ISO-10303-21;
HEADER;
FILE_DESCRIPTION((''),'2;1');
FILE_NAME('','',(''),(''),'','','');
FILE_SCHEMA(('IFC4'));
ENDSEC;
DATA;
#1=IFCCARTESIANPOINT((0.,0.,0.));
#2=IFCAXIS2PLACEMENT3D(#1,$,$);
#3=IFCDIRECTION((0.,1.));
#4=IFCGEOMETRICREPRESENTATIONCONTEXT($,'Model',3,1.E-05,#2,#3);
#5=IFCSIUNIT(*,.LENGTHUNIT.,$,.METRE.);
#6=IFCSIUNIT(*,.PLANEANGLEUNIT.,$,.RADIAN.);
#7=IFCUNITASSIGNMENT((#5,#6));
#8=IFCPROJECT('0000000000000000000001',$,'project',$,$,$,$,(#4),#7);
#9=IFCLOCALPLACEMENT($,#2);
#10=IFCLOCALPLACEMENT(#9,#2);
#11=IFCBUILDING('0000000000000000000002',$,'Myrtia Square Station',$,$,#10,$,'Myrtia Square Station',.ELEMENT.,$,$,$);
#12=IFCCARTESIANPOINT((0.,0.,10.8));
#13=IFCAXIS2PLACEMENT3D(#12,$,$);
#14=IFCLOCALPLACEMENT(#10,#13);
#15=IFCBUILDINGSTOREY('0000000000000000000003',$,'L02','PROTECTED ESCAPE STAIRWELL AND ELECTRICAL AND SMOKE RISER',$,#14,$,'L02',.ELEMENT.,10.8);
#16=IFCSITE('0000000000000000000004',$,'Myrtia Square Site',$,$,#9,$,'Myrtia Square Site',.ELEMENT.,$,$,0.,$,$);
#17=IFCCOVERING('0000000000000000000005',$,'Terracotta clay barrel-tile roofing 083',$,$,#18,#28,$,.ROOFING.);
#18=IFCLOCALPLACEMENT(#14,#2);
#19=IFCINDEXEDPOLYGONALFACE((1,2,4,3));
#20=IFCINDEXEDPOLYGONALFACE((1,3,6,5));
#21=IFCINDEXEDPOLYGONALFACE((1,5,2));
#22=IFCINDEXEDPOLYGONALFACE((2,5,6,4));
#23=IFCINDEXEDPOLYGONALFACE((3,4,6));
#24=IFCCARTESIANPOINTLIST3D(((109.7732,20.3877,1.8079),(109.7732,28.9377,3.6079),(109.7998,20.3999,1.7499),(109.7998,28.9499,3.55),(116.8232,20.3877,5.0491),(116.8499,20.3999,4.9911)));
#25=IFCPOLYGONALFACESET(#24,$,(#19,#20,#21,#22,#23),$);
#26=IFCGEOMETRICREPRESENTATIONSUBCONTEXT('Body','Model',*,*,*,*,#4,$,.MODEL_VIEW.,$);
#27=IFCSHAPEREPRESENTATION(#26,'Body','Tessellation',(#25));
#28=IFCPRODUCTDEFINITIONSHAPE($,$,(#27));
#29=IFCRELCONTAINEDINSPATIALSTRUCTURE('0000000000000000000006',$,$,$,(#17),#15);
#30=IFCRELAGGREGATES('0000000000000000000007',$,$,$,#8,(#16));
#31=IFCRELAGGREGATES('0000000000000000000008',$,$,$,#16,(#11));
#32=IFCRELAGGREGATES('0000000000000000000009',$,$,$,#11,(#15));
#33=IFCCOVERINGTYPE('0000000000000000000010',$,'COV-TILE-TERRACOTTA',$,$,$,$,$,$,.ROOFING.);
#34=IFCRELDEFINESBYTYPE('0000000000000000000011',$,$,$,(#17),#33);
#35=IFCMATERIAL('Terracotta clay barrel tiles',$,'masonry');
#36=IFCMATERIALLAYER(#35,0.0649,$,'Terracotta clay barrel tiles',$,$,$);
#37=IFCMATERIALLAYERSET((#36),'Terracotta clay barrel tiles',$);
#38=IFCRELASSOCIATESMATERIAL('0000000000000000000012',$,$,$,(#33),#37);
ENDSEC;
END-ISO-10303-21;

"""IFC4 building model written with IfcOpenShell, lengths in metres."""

from ifc_helpers import new_model, si_unit, direction, frame, origin, place, context, subcontext, project, spatial, polyline, outline, extrude, material, layer, layer_set, type_object, element, save


model = new_model("IFC4")

# Units and contexts
model_context = context("Model", 3, precision=1e-05, world=origin(), true_north=direction((0.0, 1.0)))
body_context = subcontext(model_context, "Body", "Model", "MODEL_VIEW")
ifc_project = project(units=[si_unit("LENGTHUNIT", "METRE"), si_unit("PLANEANGLEUNIT", "RADIAN")], contexts=[model_context])

# Site, building, storey
site_placement = place(None, origin())
site = spatial("IfcSite", under=ifc_project, at=site_placement, Name="Myrtia Square Site", LongName="Myrtia Square Site", CompositionType="ELEMENT", RefElevation=0.0)
building_placement = place(site_placement, origin())
building = spatial("IfcBuilding", under=site, at=building_placement, Name="Myrtia Square Station", LongName="Myrtia Square Station", CompositionType="ELEMENT")
storey_placement = place(building_placement, frame((0.0, 0.0, 10.8)))
storey = spatial("IfcBuildingStorey", under=building, at=storey_placement, Name="L02", Description="PROTECTED ESCAPE STAIRWELL AND ELECTRICAL AND SMOKE RISER", LongName="L02", CompositionType="ELEMENT", Elevation=10.8)

# Covering
ifc_material_1 = material(Name="Terracotta clay barrel tiles", Category="masonry")
ifc_layer_1 = layer(ifc_material_1, 0.0649, Name="Terracotta clay barrel tiles")
ifc_layer_set_1 = layer_set([ifc_layer_1], Name="Terracotta clay barrel tiles")
covering_type_1 = type_object("IfcCoveringType", Name="COV-TILE-TERRACOTTA", PredefinedType="ROOFING", material=ifc_layer_set_1)
covering_1_placement = place(storey_placement, frame((116.8232, 20.3877, 5.0491), z_axis=(-0.410274, -0.187878, 0.8924), x_axis=(-0.63087, 0.765096, -0.128962)))
element("IfcCovering", 1, at=covering_1_placement, inside=storey, type_object=covering_type_1, Name="Terracotta clay barrel-tile roofing 083", PredefinedType="ROOFING", context=body_context, shape_type="SweptSolid", body=[
    extrude(outline(polyline([(0.0, 0.0), (11.1751, 0.0), (4.8657, 6.0443), (0.0, 0.0)])), origin(), (0.0, 0.0, -1.0), 0.0649),
])

save(model, "model.ifc")
